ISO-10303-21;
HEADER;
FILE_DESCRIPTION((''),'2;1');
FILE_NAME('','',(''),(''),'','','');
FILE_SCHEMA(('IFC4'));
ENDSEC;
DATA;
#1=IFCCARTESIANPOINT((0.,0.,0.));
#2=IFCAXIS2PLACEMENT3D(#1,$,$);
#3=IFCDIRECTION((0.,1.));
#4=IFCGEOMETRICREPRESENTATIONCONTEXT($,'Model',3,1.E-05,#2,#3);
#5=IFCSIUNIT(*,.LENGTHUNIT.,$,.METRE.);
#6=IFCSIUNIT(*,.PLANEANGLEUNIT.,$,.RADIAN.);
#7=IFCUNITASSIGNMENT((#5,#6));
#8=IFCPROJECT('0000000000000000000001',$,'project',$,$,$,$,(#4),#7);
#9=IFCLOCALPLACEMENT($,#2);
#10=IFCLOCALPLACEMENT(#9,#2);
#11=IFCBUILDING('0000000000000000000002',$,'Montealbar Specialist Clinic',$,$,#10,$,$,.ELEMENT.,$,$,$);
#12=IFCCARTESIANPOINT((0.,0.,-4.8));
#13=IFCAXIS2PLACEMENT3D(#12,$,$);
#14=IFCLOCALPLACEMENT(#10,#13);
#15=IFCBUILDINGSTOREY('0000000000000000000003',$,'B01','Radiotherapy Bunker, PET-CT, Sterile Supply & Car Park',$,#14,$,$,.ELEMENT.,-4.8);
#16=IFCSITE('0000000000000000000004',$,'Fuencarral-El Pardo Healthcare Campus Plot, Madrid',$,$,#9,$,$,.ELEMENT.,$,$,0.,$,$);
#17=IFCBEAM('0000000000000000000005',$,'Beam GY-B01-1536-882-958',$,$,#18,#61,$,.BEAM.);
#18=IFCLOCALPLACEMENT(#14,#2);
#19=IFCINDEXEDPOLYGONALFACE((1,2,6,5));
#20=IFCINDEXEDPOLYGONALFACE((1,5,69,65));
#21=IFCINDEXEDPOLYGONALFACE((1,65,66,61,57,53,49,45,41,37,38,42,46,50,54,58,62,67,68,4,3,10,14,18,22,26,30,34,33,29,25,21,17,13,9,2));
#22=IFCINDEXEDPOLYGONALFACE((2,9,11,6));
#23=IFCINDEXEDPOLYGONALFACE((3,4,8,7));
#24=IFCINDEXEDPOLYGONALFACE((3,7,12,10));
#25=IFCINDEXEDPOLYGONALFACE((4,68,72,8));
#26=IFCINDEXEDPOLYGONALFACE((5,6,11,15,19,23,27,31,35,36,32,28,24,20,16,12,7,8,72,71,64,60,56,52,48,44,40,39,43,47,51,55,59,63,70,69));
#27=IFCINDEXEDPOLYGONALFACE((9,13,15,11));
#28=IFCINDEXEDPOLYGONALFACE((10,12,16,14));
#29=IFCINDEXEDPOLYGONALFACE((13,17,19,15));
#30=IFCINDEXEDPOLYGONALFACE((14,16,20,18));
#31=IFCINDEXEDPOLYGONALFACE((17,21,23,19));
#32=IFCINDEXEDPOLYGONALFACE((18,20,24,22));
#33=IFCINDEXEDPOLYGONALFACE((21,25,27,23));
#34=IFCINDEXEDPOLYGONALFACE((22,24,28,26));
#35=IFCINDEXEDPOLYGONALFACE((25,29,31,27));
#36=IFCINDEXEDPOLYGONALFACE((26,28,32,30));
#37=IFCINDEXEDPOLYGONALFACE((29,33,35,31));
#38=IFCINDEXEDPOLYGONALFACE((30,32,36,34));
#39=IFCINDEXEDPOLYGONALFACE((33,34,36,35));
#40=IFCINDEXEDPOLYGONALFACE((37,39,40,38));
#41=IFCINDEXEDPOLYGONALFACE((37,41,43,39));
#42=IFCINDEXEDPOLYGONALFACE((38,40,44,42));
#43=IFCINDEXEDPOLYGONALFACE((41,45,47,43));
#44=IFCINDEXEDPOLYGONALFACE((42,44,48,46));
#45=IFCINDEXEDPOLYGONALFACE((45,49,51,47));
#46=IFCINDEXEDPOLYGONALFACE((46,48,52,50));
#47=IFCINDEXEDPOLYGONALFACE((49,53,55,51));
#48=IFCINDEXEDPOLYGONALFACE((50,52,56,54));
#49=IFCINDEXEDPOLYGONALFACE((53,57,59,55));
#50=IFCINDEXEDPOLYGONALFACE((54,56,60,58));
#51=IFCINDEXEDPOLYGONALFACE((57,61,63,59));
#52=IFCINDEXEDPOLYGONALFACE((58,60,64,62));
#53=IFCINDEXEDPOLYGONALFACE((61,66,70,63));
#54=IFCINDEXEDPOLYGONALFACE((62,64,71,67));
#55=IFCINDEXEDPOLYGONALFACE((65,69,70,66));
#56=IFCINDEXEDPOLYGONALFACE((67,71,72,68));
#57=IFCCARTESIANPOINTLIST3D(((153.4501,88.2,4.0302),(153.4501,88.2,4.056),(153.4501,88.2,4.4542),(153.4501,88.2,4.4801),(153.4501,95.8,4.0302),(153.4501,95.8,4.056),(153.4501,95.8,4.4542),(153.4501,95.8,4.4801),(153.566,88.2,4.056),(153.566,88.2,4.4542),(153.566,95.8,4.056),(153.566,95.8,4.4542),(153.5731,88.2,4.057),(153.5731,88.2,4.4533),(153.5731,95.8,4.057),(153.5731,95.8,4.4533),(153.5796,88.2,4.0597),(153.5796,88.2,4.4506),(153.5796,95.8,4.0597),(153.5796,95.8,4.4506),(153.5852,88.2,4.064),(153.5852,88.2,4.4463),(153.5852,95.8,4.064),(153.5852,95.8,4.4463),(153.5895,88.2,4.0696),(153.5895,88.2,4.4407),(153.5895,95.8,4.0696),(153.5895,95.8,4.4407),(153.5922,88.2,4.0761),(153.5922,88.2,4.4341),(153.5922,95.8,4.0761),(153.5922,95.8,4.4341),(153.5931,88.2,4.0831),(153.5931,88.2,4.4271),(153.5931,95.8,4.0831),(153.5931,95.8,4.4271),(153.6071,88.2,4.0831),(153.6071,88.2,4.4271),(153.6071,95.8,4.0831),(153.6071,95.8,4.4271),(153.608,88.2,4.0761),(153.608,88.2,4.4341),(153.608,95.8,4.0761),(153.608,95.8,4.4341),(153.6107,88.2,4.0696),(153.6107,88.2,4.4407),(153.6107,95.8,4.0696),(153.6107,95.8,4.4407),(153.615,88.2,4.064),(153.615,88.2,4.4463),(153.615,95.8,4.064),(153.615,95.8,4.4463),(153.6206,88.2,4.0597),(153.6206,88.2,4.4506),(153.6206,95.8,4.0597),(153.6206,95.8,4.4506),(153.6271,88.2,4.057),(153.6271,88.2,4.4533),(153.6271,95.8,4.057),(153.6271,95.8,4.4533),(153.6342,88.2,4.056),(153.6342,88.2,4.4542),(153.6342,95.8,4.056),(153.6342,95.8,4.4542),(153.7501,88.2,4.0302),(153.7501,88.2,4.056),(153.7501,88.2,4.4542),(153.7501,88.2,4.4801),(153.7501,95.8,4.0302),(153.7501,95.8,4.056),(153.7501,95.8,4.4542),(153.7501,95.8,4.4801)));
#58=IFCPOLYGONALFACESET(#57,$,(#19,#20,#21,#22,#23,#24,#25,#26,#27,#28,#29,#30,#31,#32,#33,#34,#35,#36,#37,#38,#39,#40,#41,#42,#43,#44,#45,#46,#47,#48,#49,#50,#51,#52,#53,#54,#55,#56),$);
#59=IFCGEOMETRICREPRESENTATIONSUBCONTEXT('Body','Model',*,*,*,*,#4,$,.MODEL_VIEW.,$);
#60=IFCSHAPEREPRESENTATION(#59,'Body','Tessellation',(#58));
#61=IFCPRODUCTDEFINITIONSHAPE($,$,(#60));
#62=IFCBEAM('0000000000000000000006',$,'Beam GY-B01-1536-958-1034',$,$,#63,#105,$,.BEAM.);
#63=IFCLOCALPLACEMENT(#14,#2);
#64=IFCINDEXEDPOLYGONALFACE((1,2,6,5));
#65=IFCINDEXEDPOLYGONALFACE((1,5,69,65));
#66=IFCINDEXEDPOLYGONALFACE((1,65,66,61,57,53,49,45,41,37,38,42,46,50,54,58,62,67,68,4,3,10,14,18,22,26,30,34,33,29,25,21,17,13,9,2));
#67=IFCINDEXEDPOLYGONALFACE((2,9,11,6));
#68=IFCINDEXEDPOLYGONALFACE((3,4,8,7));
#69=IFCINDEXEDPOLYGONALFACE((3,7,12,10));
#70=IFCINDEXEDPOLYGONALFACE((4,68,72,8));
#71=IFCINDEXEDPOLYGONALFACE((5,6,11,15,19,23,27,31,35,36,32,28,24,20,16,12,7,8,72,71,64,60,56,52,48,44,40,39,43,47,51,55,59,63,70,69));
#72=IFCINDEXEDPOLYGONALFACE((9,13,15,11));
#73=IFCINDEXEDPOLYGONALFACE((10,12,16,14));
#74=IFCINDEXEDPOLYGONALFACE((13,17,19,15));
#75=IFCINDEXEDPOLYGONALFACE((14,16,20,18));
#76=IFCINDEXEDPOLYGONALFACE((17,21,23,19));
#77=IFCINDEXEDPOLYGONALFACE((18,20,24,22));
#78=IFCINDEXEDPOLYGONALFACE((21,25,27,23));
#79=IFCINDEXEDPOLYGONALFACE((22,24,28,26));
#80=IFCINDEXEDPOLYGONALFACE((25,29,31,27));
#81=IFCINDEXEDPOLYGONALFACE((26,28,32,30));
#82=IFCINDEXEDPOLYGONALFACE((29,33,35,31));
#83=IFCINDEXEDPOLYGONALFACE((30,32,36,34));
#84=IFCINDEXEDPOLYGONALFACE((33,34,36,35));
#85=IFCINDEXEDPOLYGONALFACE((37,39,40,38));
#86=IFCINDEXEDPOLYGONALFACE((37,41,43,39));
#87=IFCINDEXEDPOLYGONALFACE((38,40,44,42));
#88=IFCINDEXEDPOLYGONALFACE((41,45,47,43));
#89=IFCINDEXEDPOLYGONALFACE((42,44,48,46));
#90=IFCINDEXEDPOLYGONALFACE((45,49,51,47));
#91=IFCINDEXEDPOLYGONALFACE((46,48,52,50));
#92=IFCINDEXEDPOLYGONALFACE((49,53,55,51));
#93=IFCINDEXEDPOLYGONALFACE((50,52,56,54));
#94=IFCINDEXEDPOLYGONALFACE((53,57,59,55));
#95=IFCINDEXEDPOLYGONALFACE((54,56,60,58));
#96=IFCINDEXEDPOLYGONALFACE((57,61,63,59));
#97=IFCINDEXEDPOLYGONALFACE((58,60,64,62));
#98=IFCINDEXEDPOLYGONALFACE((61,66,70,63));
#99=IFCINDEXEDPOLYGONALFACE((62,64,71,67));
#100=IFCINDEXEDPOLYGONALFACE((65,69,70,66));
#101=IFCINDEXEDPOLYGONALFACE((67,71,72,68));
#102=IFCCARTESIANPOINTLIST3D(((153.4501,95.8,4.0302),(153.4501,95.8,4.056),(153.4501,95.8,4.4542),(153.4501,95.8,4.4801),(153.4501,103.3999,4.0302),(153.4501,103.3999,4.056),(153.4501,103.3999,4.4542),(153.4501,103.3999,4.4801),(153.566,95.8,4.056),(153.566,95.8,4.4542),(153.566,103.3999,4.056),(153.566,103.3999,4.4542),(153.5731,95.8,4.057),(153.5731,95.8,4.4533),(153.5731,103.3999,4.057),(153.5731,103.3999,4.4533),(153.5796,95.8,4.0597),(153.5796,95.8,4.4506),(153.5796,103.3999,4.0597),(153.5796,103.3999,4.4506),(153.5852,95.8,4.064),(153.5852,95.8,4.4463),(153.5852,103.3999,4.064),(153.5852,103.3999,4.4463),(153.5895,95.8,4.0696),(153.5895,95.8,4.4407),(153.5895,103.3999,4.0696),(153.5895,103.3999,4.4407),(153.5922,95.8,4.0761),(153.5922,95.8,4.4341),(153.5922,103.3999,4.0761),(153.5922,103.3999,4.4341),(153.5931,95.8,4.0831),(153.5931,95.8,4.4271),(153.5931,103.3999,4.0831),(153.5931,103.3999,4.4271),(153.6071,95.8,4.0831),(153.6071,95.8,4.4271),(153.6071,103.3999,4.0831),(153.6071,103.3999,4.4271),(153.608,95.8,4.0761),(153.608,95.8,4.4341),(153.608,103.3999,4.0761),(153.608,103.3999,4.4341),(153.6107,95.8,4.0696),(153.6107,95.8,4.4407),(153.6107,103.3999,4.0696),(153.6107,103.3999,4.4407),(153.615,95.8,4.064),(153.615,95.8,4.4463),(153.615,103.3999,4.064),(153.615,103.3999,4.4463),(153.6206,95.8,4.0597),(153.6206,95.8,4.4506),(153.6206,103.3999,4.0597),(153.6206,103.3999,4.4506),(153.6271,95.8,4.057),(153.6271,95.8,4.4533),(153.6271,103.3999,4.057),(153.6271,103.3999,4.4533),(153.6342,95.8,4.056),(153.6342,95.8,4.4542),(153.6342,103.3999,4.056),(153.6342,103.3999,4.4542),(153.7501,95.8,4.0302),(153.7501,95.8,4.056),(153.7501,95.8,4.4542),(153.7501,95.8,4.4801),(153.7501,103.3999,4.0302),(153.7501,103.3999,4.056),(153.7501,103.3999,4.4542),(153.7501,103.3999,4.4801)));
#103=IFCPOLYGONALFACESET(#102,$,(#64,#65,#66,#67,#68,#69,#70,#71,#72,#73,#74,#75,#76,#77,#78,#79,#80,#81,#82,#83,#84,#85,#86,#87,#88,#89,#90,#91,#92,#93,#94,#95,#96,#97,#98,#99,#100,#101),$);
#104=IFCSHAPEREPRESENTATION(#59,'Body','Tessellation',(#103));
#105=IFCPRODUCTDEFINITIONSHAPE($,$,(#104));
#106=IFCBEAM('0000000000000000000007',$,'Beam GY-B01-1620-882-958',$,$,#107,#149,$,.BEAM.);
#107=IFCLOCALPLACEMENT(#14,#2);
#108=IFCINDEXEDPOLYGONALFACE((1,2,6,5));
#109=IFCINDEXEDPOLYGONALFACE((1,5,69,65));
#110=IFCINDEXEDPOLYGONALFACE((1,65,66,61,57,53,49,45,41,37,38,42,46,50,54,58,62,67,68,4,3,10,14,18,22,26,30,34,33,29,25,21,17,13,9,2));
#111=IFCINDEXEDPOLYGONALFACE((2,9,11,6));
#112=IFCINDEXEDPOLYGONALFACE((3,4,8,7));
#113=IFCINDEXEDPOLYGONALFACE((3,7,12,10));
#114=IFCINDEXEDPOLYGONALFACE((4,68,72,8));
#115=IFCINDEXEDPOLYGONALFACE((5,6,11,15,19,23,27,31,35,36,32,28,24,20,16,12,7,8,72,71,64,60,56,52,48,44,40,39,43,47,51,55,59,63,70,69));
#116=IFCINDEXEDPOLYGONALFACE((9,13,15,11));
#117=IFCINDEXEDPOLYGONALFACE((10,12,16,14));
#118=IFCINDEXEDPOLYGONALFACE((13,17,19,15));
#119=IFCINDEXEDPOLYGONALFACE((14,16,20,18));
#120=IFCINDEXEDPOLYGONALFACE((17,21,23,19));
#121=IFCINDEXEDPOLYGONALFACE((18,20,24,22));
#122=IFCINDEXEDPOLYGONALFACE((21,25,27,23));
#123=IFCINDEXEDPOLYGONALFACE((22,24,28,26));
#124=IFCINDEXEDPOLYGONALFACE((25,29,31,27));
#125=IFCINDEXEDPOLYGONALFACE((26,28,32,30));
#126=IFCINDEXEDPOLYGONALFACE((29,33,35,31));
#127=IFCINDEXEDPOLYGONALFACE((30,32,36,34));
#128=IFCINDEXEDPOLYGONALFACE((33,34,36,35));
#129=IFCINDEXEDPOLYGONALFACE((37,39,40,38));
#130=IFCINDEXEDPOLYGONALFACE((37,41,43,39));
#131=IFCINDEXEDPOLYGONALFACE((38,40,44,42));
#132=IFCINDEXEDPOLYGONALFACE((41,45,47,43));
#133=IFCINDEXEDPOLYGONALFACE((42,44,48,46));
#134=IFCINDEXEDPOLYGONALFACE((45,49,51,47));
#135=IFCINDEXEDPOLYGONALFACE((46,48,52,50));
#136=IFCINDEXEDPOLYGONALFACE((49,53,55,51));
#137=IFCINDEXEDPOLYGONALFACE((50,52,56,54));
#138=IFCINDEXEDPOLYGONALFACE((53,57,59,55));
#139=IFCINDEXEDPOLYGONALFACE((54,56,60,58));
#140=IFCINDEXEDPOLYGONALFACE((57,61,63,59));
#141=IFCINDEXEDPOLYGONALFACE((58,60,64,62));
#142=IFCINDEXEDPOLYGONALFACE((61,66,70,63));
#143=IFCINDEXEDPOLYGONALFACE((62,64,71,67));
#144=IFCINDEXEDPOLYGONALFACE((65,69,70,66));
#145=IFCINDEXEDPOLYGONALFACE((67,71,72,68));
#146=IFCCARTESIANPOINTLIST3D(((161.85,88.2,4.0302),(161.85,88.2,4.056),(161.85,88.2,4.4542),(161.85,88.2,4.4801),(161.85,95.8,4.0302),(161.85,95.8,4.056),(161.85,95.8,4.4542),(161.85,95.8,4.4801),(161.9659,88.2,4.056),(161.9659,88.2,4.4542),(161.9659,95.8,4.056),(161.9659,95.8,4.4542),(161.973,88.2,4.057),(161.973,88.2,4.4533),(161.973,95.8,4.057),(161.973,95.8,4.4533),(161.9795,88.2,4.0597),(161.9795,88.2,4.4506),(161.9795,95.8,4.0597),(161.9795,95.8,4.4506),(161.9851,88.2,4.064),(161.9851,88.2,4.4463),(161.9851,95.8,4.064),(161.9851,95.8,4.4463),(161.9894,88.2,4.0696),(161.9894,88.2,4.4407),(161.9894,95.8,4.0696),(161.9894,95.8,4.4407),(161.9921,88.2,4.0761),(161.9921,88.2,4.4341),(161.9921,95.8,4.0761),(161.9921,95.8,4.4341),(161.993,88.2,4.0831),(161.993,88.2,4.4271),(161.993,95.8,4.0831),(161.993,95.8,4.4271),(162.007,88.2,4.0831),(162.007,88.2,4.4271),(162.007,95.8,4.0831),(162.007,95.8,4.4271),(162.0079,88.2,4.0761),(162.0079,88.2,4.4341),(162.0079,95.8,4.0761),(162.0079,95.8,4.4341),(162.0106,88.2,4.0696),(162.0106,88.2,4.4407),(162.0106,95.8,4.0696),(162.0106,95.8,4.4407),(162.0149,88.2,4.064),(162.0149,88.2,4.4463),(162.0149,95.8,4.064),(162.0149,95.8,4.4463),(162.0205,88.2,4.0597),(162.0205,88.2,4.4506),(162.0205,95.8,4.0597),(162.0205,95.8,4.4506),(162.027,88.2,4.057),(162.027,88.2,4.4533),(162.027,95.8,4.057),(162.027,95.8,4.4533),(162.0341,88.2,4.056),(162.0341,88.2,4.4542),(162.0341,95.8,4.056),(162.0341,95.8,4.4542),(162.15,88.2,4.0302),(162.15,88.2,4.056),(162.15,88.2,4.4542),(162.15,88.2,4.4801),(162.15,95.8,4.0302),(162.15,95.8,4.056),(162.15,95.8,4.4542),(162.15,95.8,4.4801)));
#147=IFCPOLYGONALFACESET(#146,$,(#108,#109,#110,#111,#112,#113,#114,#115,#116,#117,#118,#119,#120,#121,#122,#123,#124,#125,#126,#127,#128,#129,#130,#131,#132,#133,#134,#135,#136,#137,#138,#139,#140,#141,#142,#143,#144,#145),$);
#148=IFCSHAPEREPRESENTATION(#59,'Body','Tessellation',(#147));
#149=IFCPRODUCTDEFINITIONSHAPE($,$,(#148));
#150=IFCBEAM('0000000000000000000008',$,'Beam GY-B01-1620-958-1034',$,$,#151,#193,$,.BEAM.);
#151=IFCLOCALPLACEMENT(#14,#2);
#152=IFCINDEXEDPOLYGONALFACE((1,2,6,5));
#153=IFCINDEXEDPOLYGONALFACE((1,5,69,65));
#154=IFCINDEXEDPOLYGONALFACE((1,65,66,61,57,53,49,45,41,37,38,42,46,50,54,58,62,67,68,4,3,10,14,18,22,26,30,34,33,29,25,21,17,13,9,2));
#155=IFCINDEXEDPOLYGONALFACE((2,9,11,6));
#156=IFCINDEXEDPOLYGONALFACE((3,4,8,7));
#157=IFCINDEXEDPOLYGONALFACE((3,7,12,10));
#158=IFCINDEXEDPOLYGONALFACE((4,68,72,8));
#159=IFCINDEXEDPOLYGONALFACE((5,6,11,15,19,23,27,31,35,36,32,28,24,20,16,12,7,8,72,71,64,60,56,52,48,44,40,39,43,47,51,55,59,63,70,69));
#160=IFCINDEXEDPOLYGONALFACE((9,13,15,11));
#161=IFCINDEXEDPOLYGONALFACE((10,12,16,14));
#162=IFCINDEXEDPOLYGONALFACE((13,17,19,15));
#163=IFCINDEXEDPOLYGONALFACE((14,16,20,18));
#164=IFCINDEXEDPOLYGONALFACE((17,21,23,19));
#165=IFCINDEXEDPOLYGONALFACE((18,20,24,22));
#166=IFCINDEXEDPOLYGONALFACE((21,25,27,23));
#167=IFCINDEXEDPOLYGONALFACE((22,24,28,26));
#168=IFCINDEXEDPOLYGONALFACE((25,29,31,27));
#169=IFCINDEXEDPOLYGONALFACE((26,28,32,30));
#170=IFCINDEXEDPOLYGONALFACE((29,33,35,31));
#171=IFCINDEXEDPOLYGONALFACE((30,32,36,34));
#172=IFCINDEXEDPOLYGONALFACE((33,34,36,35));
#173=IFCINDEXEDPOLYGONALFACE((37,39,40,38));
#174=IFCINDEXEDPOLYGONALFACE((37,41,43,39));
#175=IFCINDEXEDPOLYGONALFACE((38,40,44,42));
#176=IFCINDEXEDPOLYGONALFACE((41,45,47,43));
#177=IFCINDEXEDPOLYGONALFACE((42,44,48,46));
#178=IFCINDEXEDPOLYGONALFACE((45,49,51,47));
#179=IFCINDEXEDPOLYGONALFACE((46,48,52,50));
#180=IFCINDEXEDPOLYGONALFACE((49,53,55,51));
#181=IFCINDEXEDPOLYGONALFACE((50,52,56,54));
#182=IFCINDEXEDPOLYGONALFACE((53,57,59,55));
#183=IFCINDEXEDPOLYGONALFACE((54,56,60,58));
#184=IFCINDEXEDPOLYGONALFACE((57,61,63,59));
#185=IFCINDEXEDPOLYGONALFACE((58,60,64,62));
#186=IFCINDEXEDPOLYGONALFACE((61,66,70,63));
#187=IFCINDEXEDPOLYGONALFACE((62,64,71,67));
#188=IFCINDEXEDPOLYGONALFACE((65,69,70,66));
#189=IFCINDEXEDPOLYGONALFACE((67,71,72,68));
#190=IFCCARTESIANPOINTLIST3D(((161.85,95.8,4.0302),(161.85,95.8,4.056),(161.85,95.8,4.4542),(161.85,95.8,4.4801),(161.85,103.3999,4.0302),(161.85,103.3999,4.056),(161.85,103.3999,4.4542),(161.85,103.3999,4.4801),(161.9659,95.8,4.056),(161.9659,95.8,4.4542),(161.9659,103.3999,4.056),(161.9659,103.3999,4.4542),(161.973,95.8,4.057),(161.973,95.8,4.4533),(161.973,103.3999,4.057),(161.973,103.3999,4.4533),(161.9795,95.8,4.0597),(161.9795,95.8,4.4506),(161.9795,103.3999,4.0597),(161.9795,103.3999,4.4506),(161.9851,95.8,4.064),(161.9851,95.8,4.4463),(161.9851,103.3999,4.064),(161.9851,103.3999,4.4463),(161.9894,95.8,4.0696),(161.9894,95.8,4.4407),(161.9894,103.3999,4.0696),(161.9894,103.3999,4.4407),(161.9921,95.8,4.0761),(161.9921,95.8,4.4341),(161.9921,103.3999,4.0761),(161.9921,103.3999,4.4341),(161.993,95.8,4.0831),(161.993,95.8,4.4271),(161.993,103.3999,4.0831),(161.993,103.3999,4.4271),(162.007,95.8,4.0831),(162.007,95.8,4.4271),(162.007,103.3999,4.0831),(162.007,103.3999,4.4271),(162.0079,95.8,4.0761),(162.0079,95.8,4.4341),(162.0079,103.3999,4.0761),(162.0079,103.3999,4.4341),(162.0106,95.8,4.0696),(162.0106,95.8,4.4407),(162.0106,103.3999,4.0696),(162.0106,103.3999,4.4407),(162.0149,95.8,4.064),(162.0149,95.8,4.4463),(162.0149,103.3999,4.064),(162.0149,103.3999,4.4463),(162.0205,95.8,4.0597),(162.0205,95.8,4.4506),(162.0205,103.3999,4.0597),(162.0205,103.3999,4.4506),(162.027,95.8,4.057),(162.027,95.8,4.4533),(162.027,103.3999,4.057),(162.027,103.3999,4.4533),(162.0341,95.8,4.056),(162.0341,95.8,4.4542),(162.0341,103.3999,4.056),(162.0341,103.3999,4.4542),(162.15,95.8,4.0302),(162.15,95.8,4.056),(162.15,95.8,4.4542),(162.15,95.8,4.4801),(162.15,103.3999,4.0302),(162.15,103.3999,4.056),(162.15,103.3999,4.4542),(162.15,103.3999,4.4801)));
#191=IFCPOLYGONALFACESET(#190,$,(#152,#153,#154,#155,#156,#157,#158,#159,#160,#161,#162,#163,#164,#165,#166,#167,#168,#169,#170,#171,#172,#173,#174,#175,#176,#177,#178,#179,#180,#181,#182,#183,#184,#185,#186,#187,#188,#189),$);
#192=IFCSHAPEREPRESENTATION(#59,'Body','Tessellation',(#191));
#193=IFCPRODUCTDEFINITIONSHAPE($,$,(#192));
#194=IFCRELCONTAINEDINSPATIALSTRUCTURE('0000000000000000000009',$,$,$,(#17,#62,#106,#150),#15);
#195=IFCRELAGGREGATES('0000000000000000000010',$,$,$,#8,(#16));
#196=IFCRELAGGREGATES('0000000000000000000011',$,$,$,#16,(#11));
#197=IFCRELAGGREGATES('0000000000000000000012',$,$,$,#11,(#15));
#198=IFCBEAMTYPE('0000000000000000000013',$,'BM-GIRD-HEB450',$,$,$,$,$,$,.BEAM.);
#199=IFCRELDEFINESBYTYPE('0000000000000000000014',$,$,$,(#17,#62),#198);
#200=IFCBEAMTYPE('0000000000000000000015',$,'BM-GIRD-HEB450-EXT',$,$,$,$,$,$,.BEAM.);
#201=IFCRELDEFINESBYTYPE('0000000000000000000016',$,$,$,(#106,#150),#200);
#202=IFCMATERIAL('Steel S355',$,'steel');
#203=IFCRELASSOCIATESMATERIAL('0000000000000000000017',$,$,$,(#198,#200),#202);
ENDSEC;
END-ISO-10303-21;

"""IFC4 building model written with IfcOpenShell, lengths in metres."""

from ifc_helpers import new_model, si_unit, direction, frame, origin, origin_2d, place, context, subcontext, project, spatial, i_section, extrude, material, material_profile, profile_set, type_object, element, save


model = new_model("IFC4")

# Units and contexts
model_context = context("Model", 3, precision=1e-05, world=origin(), true_north=direction((0.0, 1.0)))
body_context = subcontext(model_context, "Body", "Model", "MODEL_VIEW")
ifc_project = project(units=[si_unit("LENGTHUNIT", "METRE"), si_unit("PLANEANGLEUNIT", "RADIAN")], contexts=[model_context])

# Site, building, storey
site_placement = place(None, origin())
site = spatial("IfcSite", under=ifc_project, at=site_placement, Name="Fuencarral-El Pardo Healthcare Campus Plot, Madrid", CompositionType="ELEMENT", RefElevation=0.0)
building_placement = place(site_placement, origin())
building = spatial("IfcBuilding", under=site, at=building_placement, Name="Montealbar Specialist Clinic", CompositionType="ELEMENT")
storey_placement = place(building_placement, frame((0.0, 0.0, -4.8)))
storey = spatial("IfcBuildingStorey", under=building, at=storey_placement, Name="B01", Description="Radiotherapy Bunker, PET-CT, Sterile Supply & Car Park", CompositionType="ELEMENT", Elevation=-4.8)

# Shared definitions
ifc_material_1 = material(Name="Steel S355", Category="steel")

# Beams
ifc_material_profile_1 = material_profile(ifc_material_1, i_section(OverallWidth=0.3, OverallDepth=0.45, WebThickness=0.0139, FlangeThickness=0.0259, FilletRadius=0.0271, at=origin_2d()), Name="HEB 450", Category="steel")
ifc_profile_set_1 = profile_set([ifc_material_profile_1], Name="Steel S355")
beam_type_1 = type_object("IfcBeamType", Name="BM-GIRD-HEB450", PredefinedType="BEAM", material=ifc_profile_set_1)
beam_1_placement = place(storey_placement, frame((153.6001, 88.2, 4.2551), z_axis=(0.0, 1.0, 0.0), x_axis=(-1.0, 0.0, 0.0)))
element("IfcBeam", 1, at=beam_1_placement, inside=storey, type_object=beam_type_1, Name="Beam GY-B01-1536-882-958", PredefinedType="BEAM", context=body_context, shape_type="SweptSolid", body=[
    extrude(i_section(OverallWidth=0.3, OverallDepth=0.45, WebThickness=0.0139, FlangeThickness=0.0259, FilletRadius=0.0271, at=origin_2d()), origin(), (0.0, 0.0, 1.0), 7.6001),
])
beam_2_placement = place(storey_placement, frame((153.6001, 95.8, 4.2551), z_axis=(0.0, 1.0, 0.0), x_axis=(-1.0, 0.0, 0.0)))
element("IfcBeam", 2, at=beam_2_placement, inside=storey, type_object=beam_type_1, Name="Beam GY-B01-1536-958-1034", PredefinedType="BEAM", context=body_context, shape_type="SweptSolid", body=[
    extrude(i_section(OverallWidth=0.3, OverallDepth=0.45, WebThickness=0.0139, FlangeThickness=0.0259, FilletRadius=0.0271, at=origin_2d()), origin(), (0.0, 0.0, 1.0), 7.5999),
])
ifc_material_profile_2 = material_profile(ifc_material_1, i_section(OverallWidth=0.3, OverallDepth=0.45, WebThickness=0.0139, FlangeThickness=0.0259, FilletRadius=0.0271, at=origin_2d()), Name="HEB 450", Category="steel")
ifc_profile_set_2 = profile_set([ifc_material_profile_2], Name="Steel S355")
beam_type_2 = type_object("IfcBeamType", Name="BM-GIRD-HEB450-EXT", PredefinedType="BEAM", material=ifc_profile_set_2)
beam_3_placement = place(storey_placement, frame((162.0, 88.2, 4.2551), z_axis=(0.0, 1.0, 0.0), x_axis=(-1.0, 0.0, 0.0)))
element("IfcBeam", 3, at=beam_3_placement, inside=storey, type_object=beam_type_2, Name="Beam GY-B01-1620-882-958", PredefinedType="BEAM", context=body_context, shape_type="SweptSolid", body=[
    extrude(i_section(OverallWidth=0.3, OverallDepth=0.45, WebThickness=0.0139, FlangeThickness=0.0259, FilletRadius=0.0271, at=origin_2d()), origin(), (0.0, 0.0, 1.0), 7.6001),
])
beam_4_placement = place(storey_placement, frame((162.0, 95.8, 4.2551), z_axis=(0.0, 1.0, 0.0), x_axis=(-1.0, 0.0, 0.0)))
element("IfcBeam", 4, at=beam_4_placement, inside=storey, type_object=beam_type_2, Name="Beam GY-B01-1620-958-1034", PredefinedType="BEAM", context=body_context, shape_type="SweptSolid", body=[
    extrude(i_section(OverallWidth=0.3, OverallDepth=0.45, WebThickness=0.0139, FlangeThickness=0.0259, FilletRadius=0.0271, at=origin_2d()), origin(), (0.0, 0.0, 1.0), 7.5999),
])

save(model, "model.ifc")
